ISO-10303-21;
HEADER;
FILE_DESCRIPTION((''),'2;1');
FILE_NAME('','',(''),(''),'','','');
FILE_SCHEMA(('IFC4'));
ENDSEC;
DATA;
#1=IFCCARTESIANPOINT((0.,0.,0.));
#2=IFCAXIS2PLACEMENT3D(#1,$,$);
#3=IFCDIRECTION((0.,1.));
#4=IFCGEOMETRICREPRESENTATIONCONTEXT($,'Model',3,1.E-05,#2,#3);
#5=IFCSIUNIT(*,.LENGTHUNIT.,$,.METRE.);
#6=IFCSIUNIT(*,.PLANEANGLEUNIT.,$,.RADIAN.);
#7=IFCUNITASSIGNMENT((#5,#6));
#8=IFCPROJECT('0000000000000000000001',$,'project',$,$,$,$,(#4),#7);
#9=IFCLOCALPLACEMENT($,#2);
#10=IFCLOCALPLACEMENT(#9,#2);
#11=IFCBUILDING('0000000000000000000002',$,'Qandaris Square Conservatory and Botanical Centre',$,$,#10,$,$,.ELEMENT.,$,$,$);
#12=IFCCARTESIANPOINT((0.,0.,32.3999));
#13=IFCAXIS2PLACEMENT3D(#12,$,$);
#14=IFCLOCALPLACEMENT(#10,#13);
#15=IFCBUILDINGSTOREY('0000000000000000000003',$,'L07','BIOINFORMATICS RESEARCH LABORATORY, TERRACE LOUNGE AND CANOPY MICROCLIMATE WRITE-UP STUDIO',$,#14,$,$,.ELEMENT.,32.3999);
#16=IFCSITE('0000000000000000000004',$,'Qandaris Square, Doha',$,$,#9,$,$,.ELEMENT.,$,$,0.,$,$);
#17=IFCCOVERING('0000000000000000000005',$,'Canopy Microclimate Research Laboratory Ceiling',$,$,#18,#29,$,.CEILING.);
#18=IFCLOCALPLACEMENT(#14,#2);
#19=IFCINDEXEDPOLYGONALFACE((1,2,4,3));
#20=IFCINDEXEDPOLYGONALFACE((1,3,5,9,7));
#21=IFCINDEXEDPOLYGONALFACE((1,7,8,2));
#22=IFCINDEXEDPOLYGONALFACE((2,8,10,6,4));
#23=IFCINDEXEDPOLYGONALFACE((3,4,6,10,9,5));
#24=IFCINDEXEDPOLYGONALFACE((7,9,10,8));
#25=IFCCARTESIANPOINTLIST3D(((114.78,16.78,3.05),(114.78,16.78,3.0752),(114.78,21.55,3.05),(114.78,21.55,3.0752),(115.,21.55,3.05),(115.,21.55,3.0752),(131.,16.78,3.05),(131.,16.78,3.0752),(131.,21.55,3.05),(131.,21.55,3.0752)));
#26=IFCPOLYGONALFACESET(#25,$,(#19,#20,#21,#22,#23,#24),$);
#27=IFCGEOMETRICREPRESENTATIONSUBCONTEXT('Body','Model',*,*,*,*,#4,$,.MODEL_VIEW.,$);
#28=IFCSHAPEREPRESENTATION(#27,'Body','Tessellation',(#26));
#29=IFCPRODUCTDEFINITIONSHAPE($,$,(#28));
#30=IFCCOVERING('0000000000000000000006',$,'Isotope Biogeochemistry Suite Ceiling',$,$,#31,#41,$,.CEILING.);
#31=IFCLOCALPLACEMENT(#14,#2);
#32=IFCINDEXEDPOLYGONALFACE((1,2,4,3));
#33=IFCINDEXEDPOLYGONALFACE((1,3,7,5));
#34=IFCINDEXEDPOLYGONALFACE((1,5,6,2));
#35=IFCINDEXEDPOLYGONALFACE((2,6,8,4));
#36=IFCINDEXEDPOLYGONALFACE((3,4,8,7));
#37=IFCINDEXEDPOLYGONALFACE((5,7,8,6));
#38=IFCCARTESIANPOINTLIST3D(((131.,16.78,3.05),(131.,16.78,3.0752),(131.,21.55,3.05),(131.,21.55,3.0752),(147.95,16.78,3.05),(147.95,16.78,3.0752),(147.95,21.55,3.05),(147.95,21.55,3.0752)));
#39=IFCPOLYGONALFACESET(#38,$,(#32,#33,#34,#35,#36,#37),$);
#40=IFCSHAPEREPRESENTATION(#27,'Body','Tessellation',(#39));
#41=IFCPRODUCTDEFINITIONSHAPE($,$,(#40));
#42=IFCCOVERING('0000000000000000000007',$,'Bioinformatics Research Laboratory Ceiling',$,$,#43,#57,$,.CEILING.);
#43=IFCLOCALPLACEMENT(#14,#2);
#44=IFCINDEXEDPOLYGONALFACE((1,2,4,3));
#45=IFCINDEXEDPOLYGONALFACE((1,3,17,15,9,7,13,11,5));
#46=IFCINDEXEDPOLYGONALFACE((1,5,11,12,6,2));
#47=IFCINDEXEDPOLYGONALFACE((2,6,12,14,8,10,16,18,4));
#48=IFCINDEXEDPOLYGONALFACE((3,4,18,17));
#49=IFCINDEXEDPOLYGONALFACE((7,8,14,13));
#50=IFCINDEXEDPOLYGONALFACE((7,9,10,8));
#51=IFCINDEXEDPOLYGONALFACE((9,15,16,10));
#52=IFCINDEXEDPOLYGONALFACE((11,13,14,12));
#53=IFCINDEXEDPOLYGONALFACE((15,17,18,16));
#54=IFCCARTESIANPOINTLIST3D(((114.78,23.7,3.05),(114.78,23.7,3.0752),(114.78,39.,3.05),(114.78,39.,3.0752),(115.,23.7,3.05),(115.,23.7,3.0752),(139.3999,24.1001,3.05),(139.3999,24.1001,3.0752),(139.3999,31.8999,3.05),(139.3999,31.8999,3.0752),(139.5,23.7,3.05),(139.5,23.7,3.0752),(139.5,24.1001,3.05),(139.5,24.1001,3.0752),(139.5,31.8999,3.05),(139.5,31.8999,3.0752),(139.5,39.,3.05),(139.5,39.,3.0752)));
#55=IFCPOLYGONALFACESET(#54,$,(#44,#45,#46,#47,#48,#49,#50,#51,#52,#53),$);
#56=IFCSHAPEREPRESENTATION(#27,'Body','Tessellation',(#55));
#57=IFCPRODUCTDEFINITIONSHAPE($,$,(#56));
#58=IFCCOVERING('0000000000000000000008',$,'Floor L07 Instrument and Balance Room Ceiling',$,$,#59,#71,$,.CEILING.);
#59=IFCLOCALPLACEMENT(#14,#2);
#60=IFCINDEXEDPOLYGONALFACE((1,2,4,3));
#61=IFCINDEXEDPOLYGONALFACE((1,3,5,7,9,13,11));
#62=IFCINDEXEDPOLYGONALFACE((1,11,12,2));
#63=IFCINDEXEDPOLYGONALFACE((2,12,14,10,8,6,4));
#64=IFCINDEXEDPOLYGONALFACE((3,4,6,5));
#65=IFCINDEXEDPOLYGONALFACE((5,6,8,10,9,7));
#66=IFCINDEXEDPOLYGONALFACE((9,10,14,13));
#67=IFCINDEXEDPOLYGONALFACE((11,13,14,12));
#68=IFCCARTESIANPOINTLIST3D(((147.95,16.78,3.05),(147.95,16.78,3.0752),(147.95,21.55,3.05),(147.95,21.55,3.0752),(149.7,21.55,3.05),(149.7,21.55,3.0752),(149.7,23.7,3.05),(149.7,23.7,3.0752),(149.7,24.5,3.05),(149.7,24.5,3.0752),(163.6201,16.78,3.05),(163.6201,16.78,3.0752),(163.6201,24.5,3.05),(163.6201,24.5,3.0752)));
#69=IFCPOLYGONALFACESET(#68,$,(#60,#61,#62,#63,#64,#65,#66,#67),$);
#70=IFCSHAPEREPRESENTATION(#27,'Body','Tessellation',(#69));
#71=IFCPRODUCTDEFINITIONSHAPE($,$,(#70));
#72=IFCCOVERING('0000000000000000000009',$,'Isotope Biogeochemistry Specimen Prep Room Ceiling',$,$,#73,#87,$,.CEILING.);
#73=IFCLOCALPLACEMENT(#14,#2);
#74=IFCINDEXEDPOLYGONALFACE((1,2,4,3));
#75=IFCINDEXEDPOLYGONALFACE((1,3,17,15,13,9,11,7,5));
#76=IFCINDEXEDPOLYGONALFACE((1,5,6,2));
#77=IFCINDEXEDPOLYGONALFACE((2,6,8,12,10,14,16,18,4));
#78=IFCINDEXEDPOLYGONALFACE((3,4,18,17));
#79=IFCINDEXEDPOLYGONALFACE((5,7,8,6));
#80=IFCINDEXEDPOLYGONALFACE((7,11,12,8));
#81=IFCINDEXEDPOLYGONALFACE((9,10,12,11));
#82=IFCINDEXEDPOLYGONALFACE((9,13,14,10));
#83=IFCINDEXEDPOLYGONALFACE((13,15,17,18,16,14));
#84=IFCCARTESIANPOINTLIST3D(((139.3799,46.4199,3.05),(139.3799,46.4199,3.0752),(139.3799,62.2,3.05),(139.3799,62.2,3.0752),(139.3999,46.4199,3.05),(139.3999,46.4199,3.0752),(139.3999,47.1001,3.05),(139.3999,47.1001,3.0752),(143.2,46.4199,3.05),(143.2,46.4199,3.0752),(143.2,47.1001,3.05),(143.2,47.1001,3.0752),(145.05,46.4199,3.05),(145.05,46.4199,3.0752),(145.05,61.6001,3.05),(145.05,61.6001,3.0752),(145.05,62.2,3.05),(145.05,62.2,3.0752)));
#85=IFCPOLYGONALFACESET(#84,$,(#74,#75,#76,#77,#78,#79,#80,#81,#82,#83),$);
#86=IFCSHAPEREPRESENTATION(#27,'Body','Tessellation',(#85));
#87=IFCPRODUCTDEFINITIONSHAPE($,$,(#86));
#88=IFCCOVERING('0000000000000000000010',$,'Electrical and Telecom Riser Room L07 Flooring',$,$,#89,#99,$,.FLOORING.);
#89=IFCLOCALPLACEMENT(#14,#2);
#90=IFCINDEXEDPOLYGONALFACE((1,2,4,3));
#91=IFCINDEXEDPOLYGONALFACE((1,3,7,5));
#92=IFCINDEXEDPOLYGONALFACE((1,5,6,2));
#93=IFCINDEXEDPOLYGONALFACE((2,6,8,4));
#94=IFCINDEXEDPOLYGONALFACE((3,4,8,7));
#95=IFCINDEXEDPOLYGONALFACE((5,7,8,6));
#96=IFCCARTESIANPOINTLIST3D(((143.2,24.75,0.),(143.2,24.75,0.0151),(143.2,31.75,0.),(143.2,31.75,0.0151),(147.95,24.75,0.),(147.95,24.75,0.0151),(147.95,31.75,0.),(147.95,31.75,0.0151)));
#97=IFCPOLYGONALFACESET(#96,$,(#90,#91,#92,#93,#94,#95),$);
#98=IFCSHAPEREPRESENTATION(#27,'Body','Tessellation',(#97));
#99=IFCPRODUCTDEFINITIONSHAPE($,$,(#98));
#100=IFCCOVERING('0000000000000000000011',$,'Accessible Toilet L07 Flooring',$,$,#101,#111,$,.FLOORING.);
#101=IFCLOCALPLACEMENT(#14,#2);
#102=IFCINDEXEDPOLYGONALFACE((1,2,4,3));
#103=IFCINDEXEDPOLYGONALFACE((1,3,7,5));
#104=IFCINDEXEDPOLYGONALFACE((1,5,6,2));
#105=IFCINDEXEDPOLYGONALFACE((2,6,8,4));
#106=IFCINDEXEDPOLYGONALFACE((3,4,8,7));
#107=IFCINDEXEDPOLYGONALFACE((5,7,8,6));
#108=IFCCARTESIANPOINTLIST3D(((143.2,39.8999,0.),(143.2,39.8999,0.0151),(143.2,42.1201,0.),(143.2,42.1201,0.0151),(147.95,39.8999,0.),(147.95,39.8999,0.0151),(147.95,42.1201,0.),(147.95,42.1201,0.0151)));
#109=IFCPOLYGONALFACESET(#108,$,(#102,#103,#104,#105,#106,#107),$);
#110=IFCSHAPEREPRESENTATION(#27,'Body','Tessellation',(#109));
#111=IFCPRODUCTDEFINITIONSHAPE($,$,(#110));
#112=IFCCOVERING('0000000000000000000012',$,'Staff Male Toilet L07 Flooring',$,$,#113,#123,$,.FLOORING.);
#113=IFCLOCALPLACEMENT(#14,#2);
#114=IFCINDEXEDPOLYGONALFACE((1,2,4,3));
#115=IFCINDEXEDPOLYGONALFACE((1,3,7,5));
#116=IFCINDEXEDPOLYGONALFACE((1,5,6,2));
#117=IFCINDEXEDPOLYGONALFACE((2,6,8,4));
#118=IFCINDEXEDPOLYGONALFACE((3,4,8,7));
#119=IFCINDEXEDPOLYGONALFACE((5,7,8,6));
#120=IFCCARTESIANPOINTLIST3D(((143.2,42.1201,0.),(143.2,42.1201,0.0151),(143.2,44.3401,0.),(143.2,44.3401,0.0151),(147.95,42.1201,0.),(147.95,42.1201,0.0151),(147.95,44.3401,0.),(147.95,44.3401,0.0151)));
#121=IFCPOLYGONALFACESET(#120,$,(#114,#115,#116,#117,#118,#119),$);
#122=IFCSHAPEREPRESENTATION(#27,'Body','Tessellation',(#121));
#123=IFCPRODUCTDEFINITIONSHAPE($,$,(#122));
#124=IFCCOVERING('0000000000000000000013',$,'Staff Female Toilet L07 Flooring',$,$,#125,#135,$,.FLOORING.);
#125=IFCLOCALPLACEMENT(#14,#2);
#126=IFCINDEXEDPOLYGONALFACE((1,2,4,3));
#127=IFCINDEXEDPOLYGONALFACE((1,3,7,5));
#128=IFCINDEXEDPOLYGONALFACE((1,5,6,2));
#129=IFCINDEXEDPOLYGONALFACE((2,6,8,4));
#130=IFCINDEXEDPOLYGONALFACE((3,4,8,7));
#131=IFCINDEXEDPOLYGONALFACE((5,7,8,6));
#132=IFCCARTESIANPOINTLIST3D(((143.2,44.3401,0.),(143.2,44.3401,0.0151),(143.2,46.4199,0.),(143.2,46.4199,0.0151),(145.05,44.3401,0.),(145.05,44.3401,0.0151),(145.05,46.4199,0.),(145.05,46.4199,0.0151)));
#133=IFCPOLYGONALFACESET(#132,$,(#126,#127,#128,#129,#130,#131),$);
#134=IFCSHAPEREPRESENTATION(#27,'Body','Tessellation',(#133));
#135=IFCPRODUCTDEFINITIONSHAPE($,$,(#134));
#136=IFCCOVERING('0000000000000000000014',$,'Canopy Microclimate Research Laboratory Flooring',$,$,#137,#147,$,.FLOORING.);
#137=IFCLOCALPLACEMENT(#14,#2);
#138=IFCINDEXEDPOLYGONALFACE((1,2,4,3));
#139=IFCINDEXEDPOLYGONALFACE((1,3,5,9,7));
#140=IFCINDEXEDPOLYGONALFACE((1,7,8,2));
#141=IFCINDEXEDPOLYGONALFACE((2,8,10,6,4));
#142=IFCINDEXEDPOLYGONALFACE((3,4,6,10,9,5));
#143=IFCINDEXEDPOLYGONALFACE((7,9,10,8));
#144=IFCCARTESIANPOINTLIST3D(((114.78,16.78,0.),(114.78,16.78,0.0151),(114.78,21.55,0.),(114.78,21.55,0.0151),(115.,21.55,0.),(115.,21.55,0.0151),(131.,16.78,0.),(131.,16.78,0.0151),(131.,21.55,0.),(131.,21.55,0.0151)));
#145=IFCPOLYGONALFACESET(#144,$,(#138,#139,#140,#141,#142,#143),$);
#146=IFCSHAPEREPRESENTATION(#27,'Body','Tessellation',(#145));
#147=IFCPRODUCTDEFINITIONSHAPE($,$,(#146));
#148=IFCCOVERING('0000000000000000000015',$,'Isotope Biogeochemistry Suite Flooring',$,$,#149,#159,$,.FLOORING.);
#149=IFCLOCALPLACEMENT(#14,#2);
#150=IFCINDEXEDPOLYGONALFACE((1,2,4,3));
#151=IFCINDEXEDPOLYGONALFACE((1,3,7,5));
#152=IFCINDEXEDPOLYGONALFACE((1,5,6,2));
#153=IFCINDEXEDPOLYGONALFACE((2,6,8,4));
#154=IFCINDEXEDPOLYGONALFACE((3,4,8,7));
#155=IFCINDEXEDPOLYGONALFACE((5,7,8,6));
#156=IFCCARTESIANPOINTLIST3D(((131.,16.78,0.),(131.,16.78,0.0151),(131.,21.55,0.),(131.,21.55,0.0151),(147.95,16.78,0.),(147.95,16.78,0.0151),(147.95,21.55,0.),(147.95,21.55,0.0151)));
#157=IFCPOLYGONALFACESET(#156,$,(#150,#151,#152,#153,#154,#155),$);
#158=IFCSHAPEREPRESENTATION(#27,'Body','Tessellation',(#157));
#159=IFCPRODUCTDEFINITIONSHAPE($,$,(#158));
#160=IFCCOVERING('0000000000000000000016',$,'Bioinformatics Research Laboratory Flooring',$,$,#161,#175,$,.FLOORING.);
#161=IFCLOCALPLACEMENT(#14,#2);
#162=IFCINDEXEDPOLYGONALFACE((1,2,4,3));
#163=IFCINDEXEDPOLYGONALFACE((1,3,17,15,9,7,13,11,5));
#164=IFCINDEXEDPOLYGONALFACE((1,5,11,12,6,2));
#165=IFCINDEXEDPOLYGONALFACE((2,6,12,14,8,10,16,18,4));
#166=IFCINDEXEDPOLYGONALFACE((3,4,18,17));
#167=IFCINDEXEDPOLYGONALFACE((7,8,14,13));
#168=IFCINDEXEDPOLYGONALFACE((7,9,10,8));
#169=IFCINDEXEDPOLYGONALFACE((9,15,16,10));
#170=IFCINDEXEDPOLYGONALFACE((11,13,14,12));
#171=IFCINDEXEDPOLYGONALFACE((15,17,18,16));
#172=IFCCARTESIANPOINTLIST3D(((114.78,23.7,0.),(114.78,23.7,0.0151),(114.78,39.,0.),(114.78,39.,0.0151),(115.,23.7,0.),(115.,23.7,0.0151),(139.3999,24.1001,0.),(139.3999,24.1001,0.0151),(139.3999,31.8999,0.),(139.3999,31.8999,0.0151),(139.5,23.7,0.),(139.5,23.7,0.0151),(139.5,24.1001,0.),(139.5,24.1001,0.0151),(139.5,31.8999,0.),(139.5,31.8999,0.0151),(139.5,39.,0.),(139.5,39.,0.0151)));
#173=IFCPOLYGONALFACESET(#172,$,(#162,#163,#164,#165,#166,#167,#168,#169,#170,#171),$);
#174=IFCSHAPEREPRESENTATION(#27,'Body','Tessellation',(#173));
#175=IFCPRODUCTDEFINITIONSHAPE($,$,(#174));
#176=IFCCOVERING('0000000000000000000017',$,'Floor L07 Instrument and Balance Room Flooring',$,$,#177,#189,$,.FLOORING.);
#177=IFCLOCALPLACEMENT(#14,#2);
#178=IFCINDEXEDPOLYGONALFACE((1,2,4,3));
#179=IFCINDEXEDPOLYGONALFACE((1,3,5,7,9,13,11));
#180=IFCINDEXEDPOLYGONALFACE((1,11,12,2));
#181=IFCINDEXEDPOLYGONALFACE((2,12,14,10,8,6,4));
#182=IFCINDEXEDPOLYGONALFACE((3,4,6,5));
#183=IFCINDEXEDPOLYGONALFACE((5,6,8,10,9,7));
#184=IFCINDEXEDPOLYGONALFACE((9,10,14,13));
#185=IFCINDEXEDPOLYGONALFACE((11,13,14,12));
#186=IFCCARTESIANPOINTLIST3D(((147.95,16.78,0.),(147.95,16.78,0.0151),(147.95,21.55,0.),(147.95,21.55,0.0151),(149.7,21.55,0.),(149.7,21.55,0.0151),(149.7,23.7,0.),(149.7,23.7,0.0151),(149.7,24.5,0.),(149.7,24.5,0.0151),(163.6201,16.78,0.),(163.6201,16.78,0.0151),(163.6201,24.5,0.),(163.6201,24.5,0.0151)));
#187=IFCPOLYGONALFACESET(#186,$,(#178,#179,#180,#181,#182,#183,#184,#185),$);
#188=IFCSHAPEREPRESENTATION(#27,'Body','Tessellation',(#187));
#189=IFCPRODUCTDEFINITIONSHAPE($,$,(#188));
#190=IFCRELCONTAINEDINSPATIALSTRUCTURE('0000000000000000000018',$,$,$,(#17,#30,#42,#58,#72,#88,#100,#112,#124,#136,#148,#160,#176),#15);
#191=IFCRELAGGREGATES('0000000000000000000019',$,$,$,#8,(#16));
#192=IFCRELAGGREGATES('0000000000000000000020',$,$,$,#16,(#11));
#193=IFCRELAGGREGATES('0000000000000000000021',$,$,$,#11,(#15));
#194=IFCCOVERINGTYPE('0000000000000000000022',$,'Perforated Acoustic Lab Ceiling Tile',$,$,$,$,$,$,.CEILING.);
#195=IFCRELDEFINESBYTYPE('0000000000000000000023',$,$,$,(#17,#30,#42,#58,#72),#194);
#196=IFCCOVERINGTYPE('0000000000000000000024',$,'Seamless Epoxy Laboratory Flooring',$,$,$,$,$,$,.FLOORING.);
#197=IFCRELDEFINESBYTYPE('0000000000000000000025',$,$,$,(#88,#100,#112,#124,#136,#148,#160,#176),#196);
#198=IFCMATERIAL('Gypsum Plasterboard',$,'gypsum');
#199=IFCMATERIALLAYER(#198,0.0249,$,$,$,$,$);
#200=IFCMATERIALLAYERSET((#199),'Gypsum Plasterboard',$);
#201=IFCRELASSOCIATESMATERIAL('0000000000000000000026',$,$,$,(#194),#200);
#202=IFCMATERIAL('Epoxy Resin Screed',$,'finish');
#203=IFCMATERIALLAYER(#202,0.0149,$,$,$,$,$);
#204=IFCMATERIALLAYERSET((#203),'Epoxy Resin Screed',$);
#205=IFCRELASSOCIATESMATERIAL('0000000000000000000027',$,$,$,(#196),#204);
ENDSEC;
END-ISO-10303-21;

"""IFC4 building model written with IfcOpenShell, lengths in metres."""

from ifc_helpers import new_model, si_unit, direction, frame, origin, place, context, subcontext, project, spatial, polyline, outline, extrude, material, layer, layer_set, type_object, element, save


model = new_model("IFC4")

# Units and contexts
model_context = context("Model", 3, precision=1e-05, world=origin(), true_north=direction((0.0, 1.0)))
body_context = subcontext(model_context, "Body", "Model", "MODEL_VIEW")
ifc_project = project(units=[si_unit("LENGTHUNIT", "METRE"), si_unit("PLANEANGLEUNIT", "RADIAN")], contexts=[model_context])

# Site, building, storey
site_placement = place(None, origin())
site = spatial("IfcSite", under=ifc_project, at=site_placement, Name="Qandaris Square, Doha", CompositionType="ELEMENT", RefElevation=0.0)
building_placement = place(site_placement, origin())
building = spatial("IfcBuilding", under=site, at=building_placement, Name="Qandaris Square Conservatory and Botanical Centre", CompositionType="ELEMENT")
storey_placement = place(building_placement, frame((0.0, 0.0, 32.3999)))
storey = spatial("IfcBuildingStorey", under=building, at=storey_placement, Name="L07", Description="BIOINFORMATICS RESEARCH LABORATORY, TERRACE LOUNGE AND CANOPY MICROCLIMATE WRITE-UP STUDIO", CompositionType="ELEMENT", Elevation=32.3999)

# Coverings
ifc_material_1 = material(Name="Gypsum Plasterboard", Category="gypsum")
ifc_layer_1 = layer(ifc_material_1, 0.0249)
ifc_layer_set_1 = layer_set([ifc_layer_1], Name="Gypsum Plasterboard")
covering_type_1 = type_object("IfcCoveringType", Name="Perforated Acoustic Lab Ceiling Tile", PredefinedType="CEILING", material=ifc_layer_set_1)
covering_1_placement = place(storey_placement, frame((0.0, 0.0, 3.05)))
element("IfcCovering", 1, at=covering_1_placement, inside=storey, type_object=covering_type_1, Name="Canopy Microclimate Research Laboratory Ceiling", PredefinedType="CEILING", context=body_context, shape_type="SweptSolid", body=[
    extrude(outline(polyline([(115.0, 21.55), (131.0, 21.55), (131.0, 16.78), (114.78, 16.78), (114.78, 21.55), (115.0, 21.55)])), origin(), (0.0, 0.0, 1.0), 0.0251),
])
covering_2_placement = place(storey_placement, frame((0.0, 0.0, 3.05)))
element("IfcCovering", 2, at=covering_2_placement, inside=storey, type_object=covering_type_1, Name="Isotope Biogeochemistry Suite Ceiling", PredefinedType="CEILING", context=body_context, shape_type="SweptSolid", body=[
    extrude(outline(polyline([(147.95, 21.55), (147.95, 16.78), (131.0, 16.78), (131.0, 21.55), (147.95, 21.55)])), origin(), (0.0, 0.0, 1.0), 0.0251),
])
covering_3_placement = place(storey_placement, frame((0.0, 0.0, 3.05)))
element("IfcCovering", 3, at=covering_3_placement, inside=storey, type_object=covering_type_1, Name="Bioinformatics Research Laboratory Ceiling", PredefinedType="CEILING", context=body_context, shape_type="SweptSolid", body=[
    extrude(outline(polyline([(139.5, 31.8999), (139.3999, 31.8999), (139.3999, 24.1001), (139.5, 24.1001), (139.5, 23.7), (115.0, 23.7), (114.78, 23.7), (114.78, 39.0), (139.5, 39.0), (139.5, 31.8999)])), origin(), (0.0, 0.0, 1.0), 0.0251),
])
covering_4_placement = place(storey_placement, frame((0.0, 0.0, 3.05)))
element("IfcCovering", 4, at=covering_4_placement, inside=storey, type_object=covering_type_1, Name="Floor L07 Instrument and Balance Room Ceiling", PredefinedType="CEILING", context=body_context, shape_type="SweptSolid", body=[
    extrude(outline(polyline([(147.95, 21.55), (149.7, 21.55), (149.7, 23.7), (149.7, 24.5), (163.6201, 24.5), (163.6201, 16.78), (147.95, 16.78), (147.95, 21.55)])), origin(), (0.0, 0.0, 1.0), 0.0251),
])
covering_5_placement = place(storey_placement, frame((0.0, 0.0, 3.05)))
element("IfcCovering", 5, at=covering_5_placement, inside=storey, type_object=covering_type_1, Name="Isotope Biogeochemistry Specimen Prep Room Ceiling", PredefinedType="CEILING", context=body_context, shape_type="SweptSolid", body=[
    extrude(outline(polyline([(145.05, 61.6001), (145.05, 46.4199), (143.2, 46.4199), (143.2, 47.1001), (139.3999, 47.1001), (139.3999, 46.4199), (139.3799, 46.4199), (139.3799, 62.2), (145.05, 62.2), (145.05, 61.6001)])), origin(), (0.0, 0.0, 1.0), 0.0251),
])
ifc_material_2 = material(Name="Epoxy Resin Screed", Category="finish")
ifc_layer_2 = layer(ifc_material_2, 0.0149)
ifc_layer_set_2 = layer_set([ifc_layer_2], Name="Epoxy Resin Screed")
covering_type_2 = type_object("IfcCoveringType", Name="Seamless Epoxy Laboratory Flooring", PredefinedType="FLOORING", material=ifc_layer_set_2)
covering_6_placement = place(storey_placement, origin())
element("IfcCovering", 6, at=covering_6_placement, inside=storey, type_object=covering_type_2, Name="Electrical and Telecom Riser Room L07 Flooring", PredefinedType="FLOORING", context=body_context, shape_type="SweptSolid", body=[
    extrude(outline(polyline([(147.95, 31.75), (147.95, 24.75), (143.2, 24.75), (143.2, 31.75), (147.95, 31.75)])), origin(), (0.0, 0.0, 1.0), 0.0151),
])
covering_7_placement = place(storey_placement, origin())
element("IfcCovering", 7, at=covering_7_placement, inside=storey, type_object=covering_type_2, Name="Accessible Toilet L07 Flooring", PredefinedType="FLOORING", context=body_context, shape_type="SweptSolid", body=[
    extrude(outline(polyline([(147.95, 42.1201), (147.95, 39.8999), (143.2, 39.8999), (143.2, 42.1201), (147.95, 42.1201)])), origin(), (0.0, 0.0, 1.0), 0.0151),
])
covering_8_placement = place(storey_placement, origin())
element("IfcCovering", 8, at=covering_8_placement, inside=storey, type_object=covering_type_2, Name="Staff Male Toilet L07 Flooring", PredefinedType="FLOORING", context=body_context, shape_type="SweptSolid", body=[
    extrude(outline(polyline([(147.95, 44.3401), (147.95, 42.1201), (143.2, 42.1201), (143.2, 44.3401), (147.95, 44.3401)])), origin(), (0.0, 0.0, 1.0), 0.0151),
])
covering_9_placement = place(storey_placement, origin())
element("IfcCovering", 9, at=covering_9_placement, inside=storey, type_object=covering_type_2, Name="Staff Female Toilet L07 Flooring", PredefinedType="FLOORING", context=body_context, shape_type="SweptSolid", body=[
    extrude(outline(polyline([(145.05, 46.4199), (145.05, 44.3401), (143.2, 44.3401), (143.2, 46.4199), (145.05, 46.4199)])), origin(), (0.0, 0.0, 1.0), 0.0151),
])
covering_10_placement = place(storey_placement, origin())
element("IfcCovering", 10, at=covering_10_placement, inside=storey, type_object=covering_type_2, Name="Canopy Microclimate Research Laboratory Flooring", PredefinedType="FLOORING", context=body_context, shape_type="SweptSolid", body=[
    extrude(outline(polyline([(115.0, 21.55), (131.0, 21.55), (131.0, 16.78), (114.78, 16.78), (114.78, 21.55), (115.0, 21.55)])), origin(), (0.0, 0.0, 1.0), 0.0151),
])
covering_11_placement = place(storey_placement, origin())
element("IfcCovering", 11, at=covering_11_placement, inside=storey, type_object=covering_type_2, Name="Isotope Biogeochemistry Suite Flooring", PredefinedType="FLOORING", context=body_context, shape_type="SweptSolid", body=[
    extrude(outline(polyline([(147.95, 21.55), (147.95, 16.78), (131.0, 16.78), (131.0, 21.55), (147.95, 21.55)])), origin(), (0.0, 0.0, 1.0), 0.0151),
])
covering_12_placement = place(storey_placement, origin())
element("IfcCovering", 12, at=covering_12_placement, inside=storey, type_object=covering_type_2, Name="Bioinformatics Research Laboratory Flooring", PredefinedType="FLOORING", context=body_context, shape_type="SweptSolid", body=[
    extrude(outline(polyline([(139.5, 31.8999), (139.3999, 31.8999), (139.3999, 24.1001), (139.5, 24.1001), (139.5, 23.7), (115.0, 23.7), (114.78, 23.7), (114.78, 39.0), (139.5, 39.0), (139.5, 31.8999)])), origin(), (0.0, 0.0, 1.0), 0.0151),
])
covering_13_placement = place(storey_placement, origin())
element("IfcCovering", 13, at=covering_13_placement, inside=storey, type_object=covering_type_2, Name="Floor L07 Instrument and Balance Room Flooring", PredefinedType="FLOORING", context=body_context, shape_type="SweptSolid", body=[
    extrude(outline(polyline([(147.95, 21.55), (149.7, 21.55), (149.7, 23.7), (149.7, 24.5), (163.6201, 24.5), (163.6201, 16.78), (147.95, 16.78), (147.95, 21.55)])), origin(), (0.0, 0.0, 1.0), 0.0151),
])

save(model, "model.ifc")
